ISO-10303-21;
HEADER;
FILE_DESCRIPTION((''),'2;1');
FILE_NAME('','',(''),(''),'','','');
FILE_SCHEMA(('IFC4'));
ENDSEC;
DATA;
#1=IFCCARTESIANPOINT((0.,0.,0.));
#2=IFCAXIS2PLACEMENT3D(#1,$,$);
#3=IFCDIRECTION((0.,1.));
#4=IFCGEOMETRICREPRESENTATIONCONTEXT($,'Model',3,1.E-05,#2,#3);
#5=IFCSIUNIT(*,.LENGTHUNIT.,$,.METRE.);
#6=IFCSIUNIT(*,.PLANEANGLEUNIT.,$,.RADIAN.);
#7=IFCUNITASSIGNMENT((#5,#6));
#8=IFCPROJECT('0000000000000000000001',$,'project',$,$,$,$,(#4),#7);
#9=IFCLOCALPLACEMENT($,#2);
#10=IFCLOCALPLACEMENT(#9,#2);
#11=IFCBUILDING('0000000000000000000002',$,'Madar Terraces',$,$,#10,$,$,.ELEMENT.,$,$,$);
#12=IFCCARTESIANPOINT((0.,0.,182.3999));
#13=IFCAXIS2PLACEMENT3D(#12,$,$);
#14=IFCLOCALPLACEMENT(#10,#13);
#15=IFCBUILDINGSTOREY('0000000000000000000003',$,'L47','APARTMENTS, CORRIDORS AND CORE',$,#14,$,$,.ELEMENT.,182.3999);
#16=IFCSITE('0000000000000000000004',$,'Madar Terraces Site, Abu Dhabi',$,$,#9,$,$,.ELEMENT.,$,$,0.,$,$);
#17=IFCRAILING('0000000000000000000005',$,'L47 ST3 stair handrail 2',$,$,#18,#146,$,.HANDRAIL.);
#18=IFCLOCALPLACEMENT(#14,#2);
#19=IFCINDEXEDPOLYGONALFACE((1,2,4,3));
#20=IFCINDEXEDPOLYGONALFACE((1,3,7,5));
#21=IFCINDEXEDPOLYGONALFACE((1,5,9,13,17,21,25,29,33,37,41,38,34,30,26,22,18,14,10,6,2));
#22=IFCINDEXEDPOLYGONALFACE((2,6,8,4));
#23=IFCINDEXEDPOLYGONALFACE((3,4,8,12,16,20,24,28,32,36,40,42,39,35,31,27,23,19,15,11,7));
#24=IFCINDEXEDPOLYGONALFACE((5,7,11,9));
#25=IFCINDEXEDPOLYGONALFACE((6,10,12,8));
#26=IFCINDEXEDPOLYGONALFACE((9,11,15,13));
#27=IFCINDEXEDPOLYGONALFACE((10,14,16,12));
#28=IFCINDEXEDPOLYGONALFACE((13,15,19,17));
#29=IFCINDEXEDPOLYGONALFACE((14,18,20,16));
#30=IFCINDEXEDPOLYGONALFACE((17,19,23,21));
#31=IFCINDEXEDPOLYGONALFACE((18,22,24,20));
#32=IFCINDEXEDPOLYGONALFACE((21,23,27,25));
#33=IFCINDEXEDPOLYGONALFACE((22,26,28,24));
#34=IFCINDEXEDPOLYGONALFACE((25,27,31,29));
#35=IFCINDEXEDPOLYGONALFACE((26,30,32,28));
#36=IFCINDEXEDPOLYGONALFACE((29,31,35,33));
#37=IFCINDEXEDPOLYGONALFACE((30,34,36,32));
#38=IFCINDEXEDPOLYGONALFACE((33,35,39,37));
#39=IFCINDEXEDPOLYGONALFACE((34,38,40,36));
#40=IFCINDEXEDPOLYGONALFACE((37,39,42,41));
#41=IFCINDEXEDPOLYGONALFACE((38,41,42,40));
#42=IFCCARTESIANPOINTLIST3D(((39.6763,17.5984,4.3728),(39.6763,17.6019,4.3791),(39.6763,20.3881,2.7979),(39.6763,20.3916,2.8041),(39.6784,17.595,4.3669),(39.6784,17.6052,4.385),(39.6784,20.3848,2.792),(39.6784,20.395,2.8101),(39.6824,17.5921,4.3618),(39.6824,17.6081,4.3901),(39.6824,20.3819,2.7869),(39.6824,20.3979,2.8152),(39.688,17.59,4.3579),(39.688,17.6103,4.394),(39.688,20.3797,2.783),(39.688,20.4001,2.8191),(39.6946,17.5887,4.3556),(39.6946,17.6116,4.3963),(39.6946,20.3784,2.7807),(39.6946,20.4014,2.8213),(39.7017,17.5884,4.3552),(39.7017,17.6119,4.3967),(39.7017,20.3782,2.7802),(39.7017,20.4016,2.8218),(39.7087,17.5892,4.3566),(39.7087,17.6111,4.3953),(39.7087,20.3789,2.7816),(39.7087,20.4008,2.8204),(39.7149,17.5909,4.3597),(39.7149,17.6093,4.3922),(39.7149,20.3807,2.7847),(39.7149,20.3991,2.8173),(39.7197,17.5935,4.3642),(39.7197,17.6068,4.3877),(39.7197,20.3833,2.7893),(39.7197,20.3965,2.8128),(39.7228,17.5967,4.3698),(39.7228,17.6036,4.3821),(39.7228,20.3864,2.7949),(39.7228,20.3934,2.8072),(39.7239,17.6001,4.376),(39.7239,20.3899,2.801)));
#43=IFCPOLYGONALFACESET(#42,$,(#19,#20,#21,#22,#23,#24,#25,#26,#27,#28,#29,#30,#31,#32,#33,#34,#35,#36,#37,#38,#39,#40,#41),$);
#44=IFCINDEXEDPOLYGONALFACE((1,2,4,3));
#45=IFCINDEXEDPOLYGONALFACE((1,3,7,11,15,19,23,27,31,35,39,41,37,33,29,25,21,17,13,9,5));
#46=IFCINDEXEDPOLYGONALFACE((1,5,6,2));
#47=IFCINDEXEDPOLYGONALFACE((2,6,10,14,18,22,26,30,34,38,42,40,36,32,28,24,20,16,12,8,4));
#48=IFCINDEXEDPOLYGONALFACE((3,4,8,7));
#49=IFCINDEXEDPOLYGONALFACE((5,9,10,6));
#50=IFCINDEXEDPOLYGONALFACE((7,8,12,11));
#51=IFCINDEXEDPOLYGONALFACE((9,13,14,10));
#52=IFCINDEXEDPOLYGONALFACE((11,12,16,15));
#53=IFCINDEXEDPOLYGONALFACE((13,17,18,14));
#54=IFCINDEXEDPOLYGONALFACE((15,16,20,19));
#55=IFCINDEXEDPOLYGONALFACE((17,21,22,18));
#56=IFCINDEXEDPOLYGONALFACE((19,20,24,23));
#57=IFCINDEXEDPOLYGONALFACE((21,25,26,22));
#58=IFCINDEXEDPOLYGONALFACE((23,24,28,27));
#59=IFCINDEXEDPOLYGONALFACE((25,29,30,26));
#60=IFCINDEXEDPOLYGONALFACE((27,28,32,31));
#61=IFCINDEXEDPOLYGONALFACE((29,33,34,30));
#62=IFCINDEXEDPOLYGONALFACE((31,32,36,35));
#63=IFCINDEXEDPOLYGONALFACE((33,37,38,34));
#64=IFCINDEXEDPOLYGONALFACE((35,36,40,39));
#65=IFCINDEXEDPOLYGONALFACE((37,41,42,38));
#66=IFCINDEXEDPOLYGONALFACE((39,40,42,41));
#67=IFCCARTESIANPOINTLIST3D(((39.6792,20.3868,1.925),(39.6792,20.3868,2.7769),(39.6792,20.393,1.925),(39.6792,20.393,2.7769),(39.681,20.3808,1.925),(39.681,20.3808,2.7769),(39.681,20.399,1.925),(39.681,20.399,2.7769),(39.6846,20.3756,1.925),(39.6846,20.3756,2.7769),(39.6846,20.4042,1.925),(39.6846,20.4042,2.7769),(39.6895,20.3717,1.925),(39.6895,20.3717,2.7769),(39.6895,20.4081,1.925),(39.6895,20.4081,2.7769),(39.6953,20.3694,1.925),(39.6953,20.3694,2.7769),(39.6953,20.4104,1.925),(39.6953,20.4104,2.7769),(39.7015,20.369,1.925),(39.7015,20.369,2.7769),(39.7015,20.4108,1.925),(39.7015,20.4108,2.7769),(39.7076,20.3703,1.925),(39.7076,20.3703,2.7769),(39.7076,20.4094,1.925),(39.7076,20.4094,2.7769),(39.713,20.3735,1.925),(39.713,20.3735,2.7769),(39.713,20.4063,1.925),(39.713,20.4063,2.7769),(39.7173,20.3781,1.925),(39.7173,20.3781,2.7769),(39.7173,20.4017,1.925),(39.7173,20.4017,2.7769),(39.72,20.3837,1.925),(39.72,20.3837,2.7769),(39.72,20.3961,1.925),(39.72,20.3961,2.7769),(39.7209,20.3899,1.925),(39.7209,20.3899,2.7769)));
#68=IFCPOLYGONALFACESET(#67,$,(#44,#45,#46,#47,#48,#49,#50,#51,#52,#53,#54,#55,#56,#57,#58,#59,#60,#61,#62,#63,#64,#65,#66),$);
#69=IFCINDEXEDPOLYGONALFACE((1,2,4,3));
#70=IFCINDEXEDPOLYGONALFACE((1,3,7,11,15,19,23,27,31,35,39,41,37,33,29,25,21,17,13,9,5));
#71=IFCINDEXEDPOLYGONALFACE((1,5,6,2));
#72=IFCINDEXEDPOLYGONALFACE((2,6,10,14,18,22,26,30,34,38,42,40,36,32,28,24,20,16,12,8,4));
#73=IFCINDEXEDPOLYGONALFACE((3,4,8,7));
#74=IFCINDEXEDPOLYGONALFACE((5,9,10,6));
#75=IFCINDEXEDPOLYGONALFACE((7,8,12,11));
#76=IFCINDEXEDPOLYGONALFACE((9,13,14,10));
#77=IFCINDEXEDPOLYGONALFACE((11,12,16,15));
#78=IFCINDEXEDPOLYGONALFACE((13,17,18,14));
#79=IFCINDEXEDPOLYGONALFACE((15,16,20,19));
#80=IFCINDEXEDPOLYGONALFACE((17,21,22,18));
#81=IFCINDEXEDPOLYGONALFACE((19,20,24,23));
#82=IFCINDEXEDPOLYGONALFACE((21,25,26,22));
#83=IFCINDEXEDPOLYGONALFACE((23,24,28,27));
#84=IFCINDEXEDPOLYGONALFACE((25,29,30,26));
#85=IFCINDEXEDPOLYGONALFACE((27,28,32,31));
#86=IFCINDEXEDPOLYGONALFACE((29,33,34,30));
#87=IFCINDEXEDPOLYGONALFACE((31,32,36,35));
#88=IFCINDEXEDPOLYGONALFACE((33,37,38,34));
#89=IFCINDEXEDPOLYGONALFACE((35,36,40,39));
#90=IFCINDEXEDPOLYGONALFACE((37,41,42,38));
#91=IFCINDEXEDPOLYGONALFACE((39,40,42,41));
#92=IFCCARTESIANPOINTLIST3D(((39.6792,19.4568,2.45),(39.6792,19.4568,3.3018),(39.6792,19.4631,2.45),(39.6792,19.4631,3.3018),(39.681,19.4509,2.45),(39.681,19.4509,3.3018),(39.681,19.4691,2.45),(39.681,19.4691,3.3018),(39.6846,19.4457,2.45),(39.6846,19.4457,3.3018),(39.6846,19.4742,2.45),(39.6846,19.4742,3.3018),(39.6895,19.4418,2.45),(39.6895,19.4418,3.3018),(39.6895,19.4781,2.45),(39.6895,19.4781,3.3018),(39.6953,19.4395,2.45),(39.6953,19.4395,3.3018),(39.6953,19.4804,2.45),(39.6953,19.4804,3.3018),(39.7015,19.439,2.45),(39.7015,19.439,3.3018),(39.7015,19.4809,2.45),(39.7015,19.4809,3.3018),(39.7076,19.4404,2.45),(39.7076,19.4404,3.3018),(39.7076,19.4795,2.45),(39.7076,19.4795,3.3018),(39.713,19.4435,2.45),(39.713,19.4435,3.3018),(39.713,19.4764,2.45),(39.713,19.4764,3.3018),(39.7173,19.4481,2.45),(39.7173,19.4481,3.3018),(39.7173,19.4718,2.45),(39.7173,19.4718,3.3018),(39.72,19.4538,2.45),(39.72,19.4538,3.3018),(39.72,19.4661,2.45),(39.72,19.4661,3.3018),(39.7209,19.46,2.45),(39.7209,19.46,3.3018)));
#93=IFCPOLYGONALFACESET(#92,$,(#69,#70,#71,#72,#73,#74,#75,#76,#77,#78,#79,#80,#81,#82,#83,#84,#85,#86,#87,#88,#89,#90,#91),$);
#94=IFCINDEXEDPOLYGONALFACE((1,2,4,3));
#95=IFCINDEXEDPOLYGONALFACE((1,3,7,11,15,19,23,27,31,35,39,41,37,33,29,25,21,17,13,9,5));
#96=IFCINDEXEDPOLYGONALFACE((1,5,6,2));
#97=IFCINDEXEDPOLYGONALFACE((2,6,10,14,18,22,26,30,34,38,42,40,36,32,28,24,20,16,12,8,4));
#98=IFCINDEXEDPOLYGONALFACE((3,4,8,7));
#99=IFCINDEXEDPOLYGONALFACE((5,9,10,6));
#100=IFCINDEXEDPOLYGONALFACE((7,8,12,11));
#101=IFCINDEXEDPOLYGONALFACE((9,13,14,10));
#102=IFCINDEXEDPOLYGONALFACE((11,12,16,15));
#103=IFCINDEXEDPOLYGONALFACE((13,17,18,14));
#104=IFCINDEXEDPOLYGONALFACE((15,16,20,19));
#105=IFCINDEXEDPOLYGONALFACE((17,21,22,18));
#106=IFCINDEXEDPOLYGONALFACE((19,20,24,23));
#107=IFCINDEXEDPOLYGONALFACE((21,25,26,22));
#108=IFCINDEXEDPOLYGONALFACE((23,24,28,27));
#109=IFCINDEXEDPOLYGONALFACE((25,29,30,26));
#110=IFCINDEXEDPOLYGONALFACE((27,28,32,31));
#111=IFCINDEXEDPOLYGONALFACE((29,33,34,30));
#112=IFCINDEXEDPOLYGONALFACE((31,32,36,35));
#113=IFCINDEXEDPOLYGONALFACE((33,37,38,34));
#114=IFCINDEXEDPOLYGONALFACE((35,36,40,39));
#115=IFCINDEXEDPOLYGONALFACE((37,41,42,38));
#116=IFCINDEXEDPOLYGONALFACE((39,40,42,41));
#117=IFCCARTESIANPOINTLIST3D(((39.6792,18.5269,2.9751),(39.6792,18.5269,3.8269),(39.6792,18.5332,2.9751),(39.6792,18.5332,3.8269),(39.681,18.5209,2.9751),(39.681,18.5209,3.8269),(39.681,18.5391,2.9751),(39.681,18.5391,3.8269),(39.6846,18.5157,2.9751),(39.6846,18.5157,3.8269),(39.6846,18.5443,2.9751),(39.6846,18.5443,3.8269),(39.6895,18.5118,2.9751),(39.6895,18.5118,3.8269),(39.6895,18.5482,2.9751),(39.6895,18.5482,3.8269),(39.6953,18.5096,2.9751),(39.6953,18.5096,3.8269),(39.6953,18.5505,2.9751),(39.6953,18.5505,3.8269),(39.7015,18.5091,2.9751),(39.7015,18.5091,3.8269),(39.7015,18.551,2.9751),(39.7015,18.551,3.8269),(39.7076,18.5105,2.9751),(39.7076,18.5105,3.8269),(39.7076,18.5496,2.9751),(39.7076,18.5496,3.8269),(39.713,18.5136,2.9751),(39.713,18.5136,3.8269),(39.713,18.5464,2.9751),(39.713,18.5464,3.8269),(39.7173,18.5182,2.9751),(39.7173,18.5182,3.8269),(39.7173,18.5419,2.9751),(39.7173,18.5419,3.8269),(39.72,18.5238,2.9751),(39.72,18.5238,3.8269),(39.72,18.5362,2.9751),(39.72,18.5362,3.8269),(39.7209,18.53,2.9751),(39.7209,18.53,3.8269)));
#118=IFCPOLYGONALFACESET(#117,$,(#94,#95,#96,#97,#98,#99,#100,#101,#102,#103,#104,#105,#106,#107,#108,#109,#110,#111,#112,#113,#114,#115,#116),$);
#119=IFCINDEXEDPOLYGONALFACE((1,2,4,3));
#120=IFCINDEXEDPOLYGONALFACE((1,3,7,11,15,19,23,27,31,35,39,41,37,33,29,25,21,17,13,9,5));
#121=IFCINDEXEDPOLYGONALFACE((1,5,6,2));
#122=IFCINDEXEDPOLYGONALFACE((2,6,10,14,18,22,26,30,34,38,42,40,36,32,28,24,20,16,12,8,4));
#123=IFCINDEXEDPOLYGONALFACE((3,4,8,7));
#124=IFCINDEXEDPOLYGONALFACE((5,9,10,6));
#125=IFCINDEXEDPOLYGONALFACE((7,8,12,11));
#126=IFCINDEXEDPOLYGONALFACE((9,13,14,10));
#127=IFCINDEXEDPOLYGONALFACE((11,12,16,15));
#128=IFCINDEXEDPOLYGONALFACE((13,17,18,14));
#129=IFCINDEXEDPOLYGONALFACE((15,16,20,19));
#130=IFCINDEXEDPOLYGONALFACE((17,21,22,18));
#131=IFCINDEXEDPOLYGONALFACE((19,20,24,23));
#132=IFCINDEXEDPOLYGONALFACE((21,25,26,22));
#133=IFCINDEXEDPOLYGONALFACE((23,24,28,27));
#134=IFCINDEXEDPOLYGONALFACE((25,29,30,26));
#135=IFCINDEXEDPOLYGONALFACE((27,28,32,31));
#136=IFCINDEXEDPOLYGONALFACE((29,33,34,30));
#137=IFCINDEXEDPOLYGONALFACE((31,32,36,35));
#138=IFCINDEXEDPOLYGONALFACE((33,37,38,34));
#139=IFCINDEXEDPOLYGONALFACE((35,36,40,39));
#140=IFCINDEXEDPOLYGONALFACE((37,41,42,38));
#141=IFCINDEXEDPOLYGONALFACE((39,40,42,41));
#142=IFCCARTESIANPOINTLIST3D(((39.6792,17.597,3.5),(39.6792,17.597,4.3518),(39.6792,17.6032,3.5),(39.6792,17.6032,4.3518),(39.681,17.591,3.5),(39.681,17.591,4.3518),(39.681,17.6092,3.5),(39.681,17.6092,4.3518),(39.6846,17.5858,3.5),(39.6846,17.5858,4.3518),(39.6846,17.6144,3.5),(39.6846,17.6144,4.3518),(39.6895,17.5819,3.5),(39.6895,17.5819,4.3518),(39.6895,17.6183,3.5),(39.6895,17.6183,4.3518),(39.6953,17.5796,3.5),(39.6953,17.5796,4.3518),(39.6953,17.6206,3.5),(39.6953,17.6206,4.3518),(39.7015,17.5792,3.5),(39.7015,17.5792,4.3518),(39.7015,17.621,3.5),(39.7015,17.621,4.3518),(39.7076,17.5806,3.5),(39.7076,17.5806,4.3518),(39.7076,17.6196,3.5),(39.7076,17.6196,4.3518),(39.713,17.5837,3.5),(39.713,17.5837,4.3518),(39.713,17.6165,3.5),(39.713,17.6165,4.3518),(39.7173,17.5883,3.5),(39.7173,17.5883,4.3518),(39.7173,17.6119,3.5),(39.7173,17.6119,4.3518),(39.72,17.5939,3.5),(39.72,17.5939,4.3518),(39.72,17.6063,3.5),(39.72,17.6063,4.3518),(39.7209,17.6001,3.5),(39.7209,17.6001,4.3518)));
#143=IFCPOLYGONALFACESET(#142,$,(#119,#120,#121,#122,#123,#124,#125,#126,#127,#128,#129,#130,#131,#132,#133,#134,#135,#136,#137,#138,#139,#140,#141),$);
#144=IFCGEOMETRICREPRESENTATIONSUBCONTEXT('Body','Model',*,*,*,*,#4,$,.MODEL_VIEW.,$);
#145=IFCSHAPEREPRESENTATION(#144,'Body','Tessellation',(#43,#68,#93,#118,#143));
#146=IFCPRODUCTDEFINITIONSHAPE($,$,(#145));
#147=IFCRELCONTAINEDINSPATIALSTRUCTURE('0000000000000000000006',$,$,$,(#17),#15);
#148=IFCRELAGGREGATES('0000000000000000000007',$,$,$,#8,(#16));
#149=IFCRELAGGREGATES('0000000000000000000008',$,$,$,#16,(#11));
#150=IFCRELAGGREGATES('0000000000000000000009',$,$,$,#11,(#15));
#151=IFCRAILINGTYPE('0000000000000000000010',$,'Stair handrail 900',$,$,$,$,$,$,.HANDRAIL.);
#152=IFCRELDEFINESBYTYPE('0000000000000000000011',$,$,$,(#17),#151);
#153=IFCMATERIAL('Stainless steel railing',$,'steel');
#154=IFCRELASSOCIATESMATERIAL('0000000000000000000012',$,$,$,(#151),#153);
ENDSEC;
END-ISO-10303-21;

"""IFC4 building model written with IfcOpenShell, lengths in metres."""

from ifc_helpers import new_model, si_unit, direction, frame, origin, origin_2d, place, context, subcontext, project, spatial, circle, extrude, material, type_object, element, save


model = new_model("IFC4")

# Units and contexts
model_context = context("Model", 3, precision=1e-05, world=origin(), true_north=direction((0.0, 1.0)))
body_context = subcontext(model_context, "Body", "Model", "MODEL_VIEW")
ifc_project = project(units=[si_unit("LENGTHUNIT", "METRE"), si_unit("PLANEANGLEUNIT", "RADIAN")], contexts=[model_context])

# Site, building, storey
site_placement = place(None, origin())
site = spatial("IfcSite", under=ifc_project, at=site_placement, Name="Madar Terraces Site, Abu Dhabi", CompositionType="ELEMENT", RefElevation=0.0)
building_placement = place(site_placement, origin())
building = spatial("IfcBuilding", under=site, at=building_placement, Name="Madar Terraces", CompositionType="ELEMENT")
storey_placement = place(building_placement, frame((0.0, 0.0, 182.3999)))
storey = spatial("IfcBuildingStorey", under=building, at=storey_placement, Name="L47", Description="APARTMENTS, CORRIDORS AND CORE", CompositionType="ELEMENT", Elevation=182.3999)

# Railing
ifc_material_1 = material(Name="Stainless steel railing", Category="steel")
railing_type_1 = type_object("IfcRailingType", Name="Stair handrail 900", PredefinedType="HANDRAIL", material=ifc_material_1)
railing_1_placement = place(storey_placement, frame((39.7, 20.3899, 1.925)))
element("IfcRailing", 1, at=railing_1_placement, inside=storey, type_object=railing_type_1, Name="L47 ST3 stair handrail 2", PredefinedType="HANDRAIL", context=body_context, shape_type="SweptSolid", body=[
    extrude(circle(Radius=0.0239, at=origin_2d()), frame((0.0, 0.0, 0.876), z_axis=(0.0, -0.870815, 0.49161), x_axis=(1.0, 0.0, 0.0)), (0.0, 0.0, 1.0), 3.2036),
    extrude(circle(Radius=0.021, at=origin_2d()), origin(), (0.0, 0.0, 1.0), 0.8518),
    extrude(circle(Radius=0.021, at=origin_2d()), frame((0.0, -0.9299, 0.5249)), (0.0, 0.0, 1.0), 0.8518),
    extrude(circle(Radius=0.021, at=origin_2d()), frame((0.0, -1.8599, 1.05)), (0.0, 0.0, 1.0), 0.8518),
    extrude(circle(Radius=0.021, at=origin_2d()), frame((0.0, -2.7898, 1.575)), (0.0, 0.0, 1.0), 0.8518),
])

save(model, "model.ifc")
